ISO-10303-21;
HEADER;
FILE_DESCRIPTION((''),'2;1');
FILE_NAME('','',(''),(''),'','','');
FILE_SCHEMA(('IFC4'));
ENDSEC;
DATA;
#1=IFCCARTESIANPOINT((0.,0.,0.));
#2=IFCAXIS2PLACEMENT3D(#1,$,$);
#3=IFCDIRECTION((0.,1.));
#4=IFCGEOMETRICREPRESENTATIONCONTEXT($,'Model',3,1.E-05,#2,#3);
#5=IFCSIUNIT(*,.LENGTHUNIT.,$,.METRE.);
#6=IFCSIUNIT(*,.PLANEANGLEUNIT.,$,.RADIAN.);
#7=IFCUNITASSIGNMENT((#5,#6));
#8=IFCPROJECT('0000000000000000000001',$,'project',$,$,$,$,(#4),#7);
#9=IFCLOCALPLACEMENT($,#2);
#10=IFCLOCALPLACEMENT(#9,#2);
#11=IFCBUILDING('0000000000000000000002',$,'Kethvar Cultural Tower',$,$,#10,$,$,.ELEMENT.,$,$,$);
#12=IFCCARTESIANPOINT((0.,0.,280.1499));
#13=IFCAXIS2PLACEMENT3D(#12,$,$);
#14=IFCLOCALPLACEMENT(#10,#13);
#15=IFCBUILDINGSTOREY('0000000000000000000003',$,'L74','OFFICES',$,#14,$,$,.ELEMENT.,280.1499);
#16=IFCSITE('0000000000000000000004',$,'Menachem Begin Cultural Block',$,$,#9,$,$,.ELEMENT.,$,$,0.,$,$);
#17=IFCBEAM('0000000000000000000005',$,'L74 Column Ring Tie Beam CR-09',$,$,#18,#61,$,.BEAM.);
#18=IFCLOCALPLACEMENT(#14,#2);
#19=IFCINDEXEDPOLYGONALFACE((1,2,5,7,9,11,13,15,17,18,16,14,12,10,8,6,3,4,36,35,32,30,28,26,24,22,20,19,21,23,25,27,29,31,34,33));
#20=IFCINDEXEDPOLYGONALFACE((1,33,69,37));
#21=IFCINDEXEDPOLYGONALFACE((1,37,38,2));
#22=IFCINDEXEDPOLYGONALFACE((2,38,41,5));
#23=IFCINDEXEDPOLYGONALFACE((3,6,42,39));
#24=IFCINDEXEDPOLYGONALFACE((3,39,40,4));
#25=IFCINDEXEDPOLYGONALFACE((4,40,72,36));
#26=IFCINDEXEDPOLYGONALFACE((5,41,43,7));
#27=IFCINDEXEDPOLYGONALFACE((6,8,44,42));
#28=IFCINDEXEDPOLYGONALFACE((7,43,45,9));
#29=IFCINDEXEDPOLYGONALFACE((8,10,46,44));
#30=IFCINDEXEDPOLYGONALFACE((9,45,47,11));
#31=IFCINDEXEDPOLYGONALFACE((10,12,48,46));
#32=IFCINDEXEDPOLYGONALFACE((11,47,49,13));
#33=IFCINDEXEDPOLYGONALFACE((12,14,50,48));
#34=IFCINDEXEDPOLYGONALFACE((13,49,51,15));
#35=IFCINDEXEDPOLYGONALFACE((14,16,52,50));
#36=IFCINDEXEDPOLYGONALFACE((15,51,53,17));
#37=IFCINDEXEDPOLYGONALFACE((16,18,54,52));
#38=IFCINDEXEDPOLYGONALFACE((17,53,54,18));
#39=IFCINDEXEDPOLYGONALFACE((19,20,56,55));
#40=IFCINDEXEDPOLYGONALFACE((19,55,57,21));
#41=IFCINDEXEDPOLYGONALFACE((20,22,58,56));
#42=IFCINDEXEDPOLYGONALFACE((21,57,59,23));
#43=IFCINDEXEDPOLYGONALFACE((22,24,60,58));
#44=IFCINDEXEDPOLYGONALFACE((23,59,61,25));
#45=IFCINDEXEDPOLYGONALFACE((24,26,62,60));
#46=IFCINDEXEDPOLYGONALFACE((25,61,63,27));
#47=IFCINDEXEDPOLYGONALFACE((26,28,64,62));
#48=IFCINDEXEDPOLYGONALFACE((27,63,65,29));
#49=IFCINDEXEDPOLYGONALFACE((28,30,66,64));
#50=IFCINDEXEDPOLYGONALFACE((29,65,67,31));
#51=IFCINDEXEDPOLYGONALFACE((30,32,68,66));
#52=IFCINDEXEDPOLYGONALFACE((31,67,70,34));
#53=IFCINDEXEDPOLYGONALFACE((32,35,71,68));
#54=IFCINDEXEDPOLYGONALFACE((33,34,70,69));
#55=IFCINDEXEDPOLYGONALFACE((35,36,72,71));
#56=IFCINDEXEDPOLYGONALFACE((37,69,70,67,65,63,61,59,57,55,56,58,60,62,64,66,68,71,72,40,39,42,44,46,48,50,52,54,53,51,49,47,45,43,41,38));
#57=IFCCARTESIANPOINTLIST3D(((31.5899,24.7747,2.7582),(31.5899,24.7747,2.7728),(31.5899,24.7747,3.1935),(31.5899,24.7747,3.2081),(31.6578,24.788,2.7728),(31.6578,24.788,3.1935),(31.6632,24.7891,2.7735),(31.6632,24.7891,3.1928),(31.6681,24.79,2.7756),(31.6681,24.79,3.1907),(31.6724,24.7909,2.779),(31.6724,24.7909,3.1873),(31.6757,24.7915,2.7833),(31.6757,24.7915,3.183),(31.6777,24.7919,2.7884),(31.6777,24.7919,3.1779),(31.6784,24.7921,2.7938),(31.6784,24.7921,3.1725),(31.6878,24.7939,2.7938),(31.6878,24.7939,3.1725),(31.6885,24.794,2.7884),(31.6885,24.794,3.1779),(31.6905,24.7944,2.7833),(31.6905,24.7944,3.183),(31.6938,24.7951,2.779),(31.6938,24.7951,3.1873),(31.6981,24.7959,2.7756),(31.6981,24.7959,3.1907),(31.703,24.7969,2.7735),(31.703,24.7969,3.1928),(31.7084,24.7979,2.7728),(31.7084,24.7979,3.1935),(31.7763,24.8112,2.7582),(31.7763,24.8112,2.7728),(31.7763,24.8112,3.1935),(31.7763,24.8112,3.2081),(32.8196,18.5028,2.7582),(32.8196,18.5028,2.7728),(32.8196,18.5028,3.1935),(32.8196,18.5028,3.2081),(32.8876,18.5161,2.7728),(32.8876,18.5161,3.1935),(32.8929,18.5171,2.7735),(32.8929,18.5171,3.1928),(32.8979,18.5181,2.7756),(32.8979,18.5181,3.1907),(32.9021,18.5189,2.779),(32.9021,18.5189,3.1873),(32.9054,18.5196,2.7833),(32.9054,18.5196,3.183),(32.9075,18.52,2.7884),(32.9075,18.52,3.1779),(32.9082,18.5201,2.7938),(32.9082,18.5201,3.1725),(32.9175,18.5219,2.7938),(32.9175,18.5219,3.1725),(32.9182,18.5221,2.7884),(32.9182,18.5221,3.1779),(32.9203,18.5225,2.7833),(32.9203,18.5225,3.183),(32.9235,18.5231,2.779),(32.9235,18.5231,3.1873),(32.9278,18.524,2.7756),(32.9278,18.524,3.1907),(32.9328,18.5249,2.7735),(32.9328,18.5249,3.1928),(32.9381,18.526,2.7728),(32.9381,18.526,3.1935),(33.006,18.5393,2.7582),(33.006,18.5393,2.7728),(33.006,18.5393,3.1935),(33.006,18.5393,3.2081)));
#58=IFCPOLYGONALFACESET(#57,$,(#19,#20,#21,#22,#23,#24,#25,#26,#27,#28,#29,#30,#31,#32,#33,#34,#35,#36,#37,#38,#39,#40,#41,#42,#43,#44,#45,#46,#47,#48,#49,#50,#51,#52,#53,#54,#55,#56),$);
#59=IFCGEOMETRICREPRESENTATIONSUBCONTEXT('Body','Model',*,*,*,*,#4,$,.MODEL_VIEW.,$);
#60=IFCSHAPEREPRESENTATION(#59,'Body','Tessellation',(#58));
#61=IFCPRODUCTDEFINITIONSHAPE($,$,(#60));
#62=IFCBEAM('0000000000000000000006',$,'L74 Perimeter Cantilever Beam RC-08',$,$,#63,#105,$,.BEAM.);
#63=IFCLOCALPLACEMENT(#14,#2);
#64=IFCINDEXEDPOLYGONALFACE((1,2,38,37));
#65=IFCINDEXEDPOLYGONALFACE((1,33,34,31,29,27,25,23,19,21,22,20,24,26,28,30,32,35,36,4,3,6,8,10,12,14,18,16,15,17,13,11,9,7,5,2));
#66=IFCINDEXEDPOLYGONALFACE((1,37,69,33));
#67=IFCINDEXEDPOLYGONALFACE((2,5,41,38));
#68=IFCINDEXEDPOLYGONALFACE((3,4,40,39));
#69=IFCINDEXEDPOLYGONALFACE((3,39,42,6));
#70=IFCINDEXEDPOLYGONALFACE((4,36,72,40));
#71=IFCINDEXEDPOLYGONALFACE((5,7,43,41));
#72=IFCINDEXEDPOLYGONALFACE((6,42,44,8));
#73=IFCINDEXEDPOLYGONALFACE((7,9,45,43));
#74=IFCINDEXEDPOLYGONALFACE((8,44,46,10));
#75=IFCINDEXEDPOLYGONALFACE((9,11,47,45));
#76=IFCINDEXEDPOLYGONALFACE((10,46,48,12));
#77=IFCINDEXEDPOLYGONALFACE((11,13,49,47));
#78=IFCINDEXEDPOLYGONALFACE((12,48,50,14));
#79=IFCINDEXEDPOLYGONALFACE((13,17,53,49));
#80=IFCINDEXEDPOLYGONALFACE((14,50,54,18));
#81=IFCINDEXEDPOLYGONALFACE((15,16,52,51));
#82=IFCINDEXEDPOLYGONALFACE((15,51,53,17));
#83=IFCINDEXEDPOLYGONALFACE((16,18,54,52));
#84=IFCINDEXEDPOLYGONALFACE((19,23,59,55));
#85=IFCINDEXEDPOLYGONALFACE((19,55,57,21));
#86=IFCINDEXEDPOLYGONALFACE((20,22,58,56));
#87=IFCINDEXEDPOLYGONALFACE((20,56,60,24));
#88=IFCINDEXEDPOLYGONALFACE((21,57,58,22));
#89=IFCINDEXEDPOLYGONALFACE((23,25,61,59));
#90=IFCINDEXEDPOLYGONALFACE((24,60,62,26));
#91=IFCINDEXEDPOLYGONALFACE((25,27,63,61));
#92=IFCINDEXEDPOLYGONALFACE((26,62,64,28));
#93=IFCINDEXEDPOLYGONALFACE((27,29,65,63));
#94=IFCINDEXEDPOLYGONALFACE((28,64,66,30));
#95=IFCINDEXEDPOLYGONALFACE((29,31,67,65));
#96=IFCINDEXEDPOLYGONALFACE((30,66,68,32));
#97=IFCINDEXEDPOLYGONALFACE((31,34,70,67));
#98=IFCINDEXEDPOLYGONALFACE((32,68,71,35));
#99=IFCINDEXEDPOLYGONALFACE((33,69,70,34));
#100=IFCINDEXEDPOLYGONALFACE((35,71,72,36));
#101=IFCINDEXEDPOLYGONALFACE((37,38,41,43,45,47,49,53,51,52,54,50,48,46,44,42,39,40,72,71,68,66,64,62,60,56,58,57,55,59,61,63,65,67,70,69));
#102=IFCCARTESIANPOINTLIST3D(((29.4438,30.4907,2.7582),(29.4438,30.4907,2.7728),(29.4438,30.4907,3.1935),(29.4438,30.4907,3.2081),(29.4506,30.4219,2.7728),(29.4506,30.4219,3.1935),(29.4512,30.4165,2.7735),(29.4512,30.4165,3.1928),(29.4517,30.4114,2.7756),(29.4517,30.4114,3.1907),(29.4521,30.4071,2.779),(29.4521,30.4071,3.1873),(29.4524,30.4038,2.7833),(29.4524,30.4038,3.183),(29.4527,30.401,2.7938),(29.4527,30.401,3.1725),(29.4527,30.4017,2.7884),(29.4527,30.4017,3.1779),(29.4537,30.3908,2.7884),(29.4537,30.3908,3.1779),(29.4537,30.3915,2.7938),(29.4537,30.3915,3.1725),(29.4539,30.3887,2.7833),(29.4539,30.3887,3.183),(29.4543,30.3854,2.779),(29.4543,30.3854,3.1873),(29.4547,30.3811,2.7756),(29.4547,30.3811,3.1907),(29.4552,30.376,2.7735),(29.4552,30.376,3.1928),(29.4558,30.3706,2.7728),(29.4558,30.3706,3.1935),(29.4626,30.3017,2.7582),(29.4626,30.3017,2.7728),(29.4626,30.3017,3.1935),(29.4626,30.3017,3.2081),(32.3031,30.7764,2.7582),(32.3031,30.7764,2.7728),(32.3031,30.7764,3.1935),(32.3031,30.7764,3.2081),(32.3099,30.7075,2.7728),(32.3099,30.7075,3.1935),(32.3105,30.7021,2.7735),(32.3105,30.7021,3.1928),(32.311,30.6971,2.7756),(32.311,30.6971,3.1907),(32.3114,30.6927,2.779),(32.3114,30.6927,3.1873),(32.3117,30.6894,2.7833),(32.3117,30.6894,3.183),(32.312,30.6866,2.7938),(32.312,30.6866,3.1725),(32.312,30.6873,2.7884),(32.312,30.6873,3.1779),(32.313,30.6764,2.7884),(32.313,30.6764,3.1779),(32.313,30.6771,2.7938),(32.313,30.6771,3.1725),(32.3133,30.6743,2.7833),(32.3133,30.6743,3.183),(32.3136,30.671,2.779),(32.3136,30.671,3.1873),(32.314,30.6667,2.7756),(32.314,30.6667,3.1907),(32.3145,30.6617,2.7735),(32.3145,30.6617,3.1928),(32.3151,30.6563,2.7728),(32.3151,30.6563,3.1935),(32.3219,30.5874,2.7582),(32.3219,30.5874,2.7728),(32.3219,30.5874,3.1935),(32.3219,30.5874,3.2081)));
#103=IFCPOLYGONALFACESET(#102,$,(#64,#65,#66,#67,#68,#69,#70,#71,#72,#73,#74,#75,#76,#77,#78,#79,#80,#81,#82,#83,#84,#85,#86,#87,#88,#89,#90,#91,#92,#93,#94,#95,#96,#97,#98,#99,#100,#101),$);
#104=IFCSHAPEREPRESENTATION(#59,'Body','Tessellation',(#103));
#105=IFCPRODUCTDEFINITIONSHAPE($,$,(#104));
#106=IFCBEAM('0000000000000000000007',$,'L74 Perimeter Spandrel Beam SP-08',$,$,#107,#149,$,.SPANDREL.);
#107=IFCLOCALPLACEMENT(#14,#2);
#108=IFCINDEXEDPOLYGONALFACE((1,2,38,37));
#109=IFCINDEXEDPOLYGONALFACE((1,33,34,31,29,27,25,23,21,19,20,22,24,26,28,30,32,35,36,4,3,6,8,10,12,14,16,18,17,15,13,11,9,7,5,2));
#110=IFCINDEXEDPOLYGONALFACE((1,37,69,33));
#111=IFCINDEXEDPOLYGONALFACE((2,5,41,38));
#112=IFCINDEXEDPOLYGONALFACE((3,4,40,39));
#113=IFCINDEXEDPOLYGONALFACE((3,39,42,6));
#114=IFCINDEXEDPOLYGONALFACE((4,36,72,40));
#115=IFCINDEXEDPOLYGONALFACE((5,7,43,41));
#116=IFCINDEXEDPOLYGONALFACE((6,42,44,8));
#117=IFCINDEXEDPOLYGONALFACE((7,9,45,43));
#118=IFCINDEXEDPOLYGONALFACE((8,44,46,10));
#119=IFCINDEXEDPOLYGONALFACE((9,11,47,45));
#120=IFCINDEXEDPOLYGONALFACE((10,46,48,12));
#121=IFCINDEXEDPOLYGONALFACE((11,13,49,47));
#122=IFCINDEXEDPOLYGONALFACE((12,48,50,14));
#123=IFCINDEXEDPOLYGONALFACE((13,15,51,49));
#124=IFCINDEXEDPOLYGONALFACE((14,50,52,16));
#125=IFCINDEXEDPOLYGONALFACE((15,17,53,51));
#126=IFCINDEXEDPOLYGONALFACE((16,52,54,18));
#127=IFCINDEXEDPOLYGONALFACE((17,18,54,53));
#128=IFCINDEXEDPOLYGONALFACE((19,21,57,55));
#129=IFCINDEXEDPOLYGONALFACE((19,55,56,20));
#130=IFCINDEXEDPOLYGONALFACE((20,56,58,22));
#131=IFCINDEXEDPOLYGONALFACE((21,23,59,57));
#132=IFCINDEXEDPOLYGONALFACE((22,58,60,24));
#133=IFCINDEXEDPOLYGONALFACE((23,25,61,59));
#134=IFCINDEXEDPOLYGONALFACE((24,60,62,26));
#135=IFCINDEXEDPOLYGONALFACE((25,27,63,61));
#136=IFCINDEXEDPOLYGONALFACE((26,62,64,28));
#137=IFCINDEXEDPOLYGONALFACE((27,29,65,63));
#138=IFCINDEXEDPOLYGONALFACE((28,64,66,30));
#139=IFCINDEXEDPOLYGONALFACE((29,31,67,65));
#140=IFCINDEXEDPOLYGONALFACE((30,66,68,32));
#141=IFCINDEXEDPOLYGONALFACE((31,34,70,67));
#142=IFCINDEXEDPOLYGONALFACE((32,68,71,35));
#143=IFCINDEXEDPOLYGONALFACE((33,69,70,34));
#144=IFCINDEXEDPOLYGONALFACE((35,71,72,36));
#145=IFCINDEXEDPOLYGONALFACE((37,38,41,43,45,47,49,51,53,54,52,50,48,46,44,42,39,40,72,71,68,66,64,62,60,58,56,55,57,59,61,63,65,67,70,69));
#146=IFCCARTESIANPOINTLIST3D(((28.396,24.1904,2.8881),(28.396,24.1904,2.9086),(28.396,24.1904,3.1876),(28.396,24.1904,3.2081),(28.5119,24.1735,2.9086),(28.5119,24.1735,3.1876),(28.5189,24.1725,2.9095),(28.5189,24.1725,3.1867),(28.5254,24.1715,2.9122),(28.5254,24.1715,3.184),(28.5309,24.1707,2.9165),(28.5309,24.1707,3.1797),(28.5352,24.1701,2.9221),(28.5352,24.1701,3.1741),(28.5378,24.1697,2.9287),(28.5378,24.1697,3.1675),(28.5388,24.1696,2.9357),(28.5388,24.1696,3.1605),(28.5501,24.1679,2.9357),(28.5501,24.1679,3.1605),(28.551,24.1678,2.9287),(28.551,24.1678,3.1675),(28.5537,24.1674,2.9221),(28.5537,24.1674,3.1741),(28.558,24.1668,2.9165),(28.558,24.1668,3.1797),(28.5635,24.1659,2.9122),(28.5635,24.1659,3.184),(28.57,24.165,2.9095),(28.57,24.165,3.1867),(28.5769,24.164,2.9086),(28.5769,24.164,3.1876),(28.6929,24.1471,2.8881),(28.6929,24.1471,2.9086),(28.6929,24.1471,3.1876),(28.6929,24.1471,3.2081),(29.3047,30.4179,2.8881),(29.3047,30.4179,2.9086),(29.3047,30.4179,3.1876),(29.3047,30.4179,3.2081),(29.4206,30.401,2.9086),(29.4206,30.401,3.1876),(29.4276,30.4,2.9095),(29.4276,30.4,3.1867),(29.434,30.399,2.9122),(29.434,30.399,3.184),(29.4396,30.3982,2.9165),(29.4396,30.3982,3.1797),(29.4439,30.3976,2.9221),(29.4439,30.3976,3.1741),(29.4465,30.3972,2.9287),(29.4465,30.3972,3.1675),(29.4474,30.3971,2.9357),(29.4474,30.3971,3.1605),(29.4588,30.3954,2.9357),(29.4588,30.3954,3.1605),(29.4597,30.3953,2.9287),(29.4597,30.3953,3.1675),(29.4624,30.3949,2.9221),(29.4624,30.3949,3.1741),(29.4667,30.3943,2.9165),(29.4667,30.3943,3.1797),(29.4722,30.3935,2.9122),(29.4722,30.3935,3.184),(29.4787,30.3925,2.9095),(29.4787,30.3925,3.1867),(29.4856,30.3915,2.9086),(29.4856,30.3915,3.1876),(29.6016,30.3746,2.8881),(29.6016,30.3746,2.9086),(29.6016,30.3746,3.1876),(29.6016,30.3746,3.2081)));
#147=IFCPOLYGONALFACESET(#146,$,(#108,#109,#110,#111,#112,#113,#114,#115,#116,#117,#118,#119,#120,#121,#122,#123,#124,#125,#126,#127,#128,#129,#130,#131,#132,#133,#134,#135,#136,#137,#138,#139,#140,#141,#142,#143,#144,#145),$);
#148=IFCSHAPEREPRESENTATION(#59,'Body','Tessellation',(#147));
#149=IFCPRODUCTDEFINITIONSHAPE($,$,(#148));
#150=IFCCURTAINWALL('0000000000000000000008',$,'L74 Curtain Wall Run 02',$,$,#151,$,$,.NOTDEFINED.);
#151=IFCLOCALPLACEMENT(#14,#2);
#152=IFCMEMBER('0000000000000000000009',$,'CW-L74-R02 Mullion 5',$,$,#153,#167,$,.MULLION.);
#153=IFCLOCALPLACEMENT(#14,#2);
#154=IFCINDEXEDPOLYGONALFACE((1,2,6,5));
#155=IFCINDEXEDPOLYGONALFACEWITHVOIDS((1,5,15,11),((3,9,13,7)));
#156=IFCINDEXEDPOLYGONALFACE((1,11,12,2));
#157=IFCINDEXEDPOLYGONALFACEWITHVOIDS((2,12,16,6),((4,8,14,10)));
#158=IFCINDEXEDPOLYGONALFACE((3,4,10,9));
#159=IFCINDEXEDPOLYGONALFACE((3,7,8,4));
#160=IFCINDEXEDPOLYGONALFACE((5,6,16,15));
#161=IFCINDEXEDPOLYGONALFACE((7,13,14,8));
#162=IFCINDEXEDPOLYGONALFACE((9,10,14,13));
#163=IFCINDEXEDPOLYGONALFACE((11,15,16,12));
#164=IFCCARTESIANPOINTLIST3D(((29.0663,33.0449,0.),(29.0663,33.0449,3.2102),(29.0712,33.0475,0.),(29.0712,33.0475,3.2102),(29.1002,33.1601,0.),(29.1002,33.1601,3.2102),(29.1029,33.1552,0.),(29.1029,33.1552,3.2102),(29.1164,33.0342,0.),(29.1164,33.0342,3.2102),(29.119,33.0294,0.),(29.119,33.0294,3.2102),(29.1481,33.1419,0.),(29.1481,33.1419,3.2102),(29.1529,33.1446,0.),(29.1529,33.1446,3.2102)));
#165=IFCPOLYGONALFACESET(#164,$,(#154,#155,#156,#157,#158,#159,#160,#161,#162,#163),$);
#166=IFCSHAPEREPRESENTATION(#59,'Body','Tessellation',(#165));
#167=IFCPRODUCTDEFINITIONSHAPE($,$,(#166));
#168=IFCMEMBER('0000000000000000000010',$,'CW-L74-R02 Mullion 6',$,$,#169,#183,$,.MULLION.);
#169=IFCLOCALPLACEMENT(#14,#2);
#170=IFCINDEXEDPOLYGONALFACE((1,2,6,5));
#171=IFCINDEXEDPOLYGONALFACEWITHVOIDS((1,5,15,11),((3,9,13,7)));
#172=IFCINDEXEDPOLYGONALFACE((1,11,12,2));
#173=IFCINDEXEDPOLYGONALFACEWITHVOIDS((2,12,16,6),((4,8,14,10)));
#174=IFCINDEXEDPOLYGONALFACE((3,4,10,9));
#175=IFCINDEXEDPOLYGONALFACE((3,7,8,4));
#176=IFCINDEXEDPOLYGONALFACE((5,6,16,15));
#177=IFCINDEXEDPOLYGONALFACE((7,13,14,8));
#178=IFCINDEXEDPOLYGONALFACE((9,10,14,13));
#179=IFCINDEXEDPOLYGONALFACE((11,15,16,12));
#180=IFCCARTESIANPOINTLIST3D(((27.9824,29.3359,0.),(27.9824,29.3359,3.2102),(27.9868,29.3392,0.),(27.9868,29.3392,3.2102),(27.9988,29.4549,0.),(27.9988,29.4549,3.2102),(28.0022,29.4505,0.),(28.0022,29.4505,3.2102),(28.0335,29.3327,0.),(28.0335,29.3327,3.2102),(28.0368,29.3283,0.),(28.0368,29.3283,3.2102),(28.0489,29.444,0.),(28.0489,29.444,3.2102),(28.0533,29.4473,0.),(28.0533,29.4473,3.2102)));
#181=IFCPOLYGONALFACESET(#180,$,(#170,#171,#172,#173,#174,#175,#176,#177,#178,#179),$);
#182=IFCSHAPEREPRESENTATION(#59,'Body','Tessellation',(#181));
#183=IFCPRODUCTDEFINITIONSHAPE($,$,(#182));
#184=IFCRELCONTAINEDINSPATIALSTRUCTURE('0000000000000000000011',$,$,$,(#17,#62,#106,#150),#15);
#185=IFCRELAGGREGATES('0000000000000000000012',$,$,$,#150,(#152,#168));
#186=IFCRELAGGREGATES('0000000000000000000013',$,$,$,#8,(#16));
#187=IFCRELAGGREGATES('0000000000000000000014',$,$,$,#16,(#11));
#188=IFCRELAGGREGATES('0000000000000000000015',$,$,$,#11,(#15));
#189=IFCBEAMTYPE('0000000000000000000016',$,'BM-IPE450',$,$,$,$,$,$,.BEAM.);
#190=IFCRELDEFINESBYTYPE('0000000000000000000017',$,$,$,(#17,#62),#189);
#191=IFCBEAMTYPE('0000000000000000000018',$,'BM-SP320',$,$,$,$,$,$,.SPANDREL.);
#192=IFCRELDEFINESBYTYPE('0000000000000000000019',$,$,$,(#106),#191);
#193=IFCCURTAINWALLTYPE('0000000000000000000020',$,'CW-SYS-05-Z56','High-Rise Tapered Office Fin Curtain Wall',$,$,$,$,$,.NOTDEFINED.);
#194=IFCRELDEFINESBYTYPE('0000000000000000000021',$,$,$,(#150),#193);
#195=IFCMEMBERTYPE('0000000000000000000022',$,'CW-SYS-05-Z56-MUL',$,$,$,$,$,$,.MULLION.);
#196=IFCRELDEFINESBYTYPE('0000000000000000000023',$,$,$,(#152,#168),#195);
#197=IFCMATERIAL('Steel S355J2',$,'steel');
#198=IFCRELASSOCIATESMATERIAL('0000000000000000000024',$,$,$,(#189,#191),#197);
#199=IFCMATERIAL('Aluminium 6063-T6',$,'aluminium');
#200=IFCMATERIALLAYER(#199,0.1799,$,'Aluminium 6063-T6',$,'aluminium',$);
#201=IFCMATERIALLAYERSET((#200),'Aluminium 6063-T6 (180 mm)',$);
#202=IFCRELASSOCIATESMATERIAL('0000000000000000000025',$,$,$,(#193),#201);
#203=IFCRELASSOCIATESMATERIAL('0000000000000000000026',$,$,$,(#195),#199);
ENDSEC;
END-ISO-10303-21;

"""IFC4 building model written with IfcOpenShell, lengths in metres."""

from ifc_helpers import new_model, si_unit, direction, frame, origin, origin_2d, place, context, subcontext, project, spatial, hollow_rectangle, i_section, extrude, source, transform, mapped, material, layer, layer_set, material_profile, profile_set, type_object, element, aggregate, save


model = new_model("IFC4")

# Units and contexts
model_context = context("Model", 3, precision=1e-05, world=origin(), true_north=direction((0.0, 1.0)))
body_context = subcontext(model_context, "Body", "Model", "MODEL_VIEW")
ifc_project = project(units=[si_unit("LENGTHUNIT", "METRE"), si_unit("PLANEANGLEUNIT", "RADIAN")], contexts=[model_context])

# Site, building, storey
site_placement = place(None, origin())
site = spatial("IfcSite", under=ifc_project, at=site_placement, Name="Menachem Begin Cultural Block", CompositionType="ELEMENT", RefElevation=0.0)
building_placement = place(site_placement, origin())
building = spatial("IfcBuilding", under=site, at=building_placement, Name="Kethvar Cultural Tower", CompositionType="ELEMENT")
storey_placement = place(building_placement, frame((0.0, 0.0, 280.1499)))
storey = spatial("IfcBuildingStorey", under=building, at=storey_placement, Name="L74", Description="OFFICES", CompositionType="ELEMENT", Elevation=280.1499)

# Shared definitions
ifc_material_1 = material(Name="Steel S355J2", Category="steel")

# Beams
ifc_material_profile_1 = material_profile(ifc_material_1, i_section(OverallWidth=0.1899, OverallDepth=0.45, WebThickness=0.0095, FlangeThickness=0.0146, FilletRadius=0.021, at=origin_2d()), Name="Steel S355J2 — IPE450")
ifc_profile_set_1 = profile_set([ifc_material_profile_1], Name="Steel S355J2 — IPE450")
beam_type_1 = type_object("IfcBeamType", Name="BM-IPE450", PredefinedType="BEAM", material=ifc_profile_set_1)
shared_shape_1 = source(origin(), body_context, "Body", "SweptSolid", [
    extrude(i_section(OverallWidth=0.1899, OverallDepth=0.45, WebThickness=0.0095, FlangeThickness=0.0146, FilletRadius=0.021, at=origin_2d()), origin(), (0.0, 0.0, 1.0), 6.3914),
])
beam_1_placement = place(storey_placement, frame((31.6831, 24.793, 2.9832), z_axis=(0.192405, -0.981316, 0.0), x_axis=(0.981316, 0.192405, 0.0)))
element("IfcBeam", 1, at=beam_1_placement, inside=storey, type_object=beam_type_1, Name="L74 Column Ring Tie Beam CR-09", PredefinedType="BEAM", context=body_context, shape_type="MappedRepresentation", body=[
    mapped(shared_shape_1, transform((0.0, 0.0, 0.0), scale=1.0)),
])
shared_shape_2 = source(origin(), body_context, "Body", "SweptSolid", [
    extrude(i_section(OverallWidth=0.1899, OverallDepth=0.45, WebThickness=0.0095, FlangeThickness=0.0146, FilletRadius=0.021, at=origin_2d()), origin(), (0.0, 0.0, 1.0), 2.8735),
])
beam_2_placement = place(storey_placement, frame((32.3125, 30.6819, 2.9832), z_axis=(-0.995047, -0.099403, 0.0), x_axis=(0.099403, -0.995047, 0.0)))
element("IfcBeam", 2, at=beam_2_placement, inside=storey, type_object=beam_type_1, Name="L74 Perimeter Cantilever Beam RC-08", PredefinedType="BEAM", context=body_context, shape_type="MappedRepresentation", body=[
    mapped(shared_shape_2, transform((0.0, 0.0, 0.0), scale=1.0)),
])
ifc_material_profile_2 = material_profile(ifc_material_1, i_section(OverallWidth=0.3, OverallDepth=0.3201, WebThickness=0.0115, FlangeThickness=0.0205, FilletRadius=0.0271, at=origin_2d()), Name="Steel S355J2 — HEB320")
ifc_profile_set_2 = profile_set([ifc_material_profile_2], Name="Steel S355J2 — HEB320")
beam_type_2 = type_object("IfcBeamType", Name="BM-SP320", PredefinedType="SPANDREL", material=ifc_profile_set_2)
shared_shape_3 = source(origin(), body_context, "Body", "SweptSolid", [
    extrude(i_section(OverallWidth=0.3, OverallDepth=0.3201, WebThickness=0.0115, FlangeThickness=0.0205, FilletRadius=0.0271, at=origin_2d()), origin(), (0.0, 0.0, 1.0), 6.2935),
])
beam_3_placement = place(storey_placement, frame((29.4531, 30.3962, 3.0481), z_axis=(-0.144386, -0.989521, 0.0), x_axis=(0.989521, -0.144386, 0.0)))
element("IfcBeam", 3, at=beam_3_placement, inside=storey, type_object=beam_type_2, Name="L74 Perimeter Spandrel Beam SP-08", PredefinedType="SPANDREL", context=body_context, shape_type="MappedRepresentation", body=[
    mapped(shared_shape_3, transform((0.0, 0.0, 0.0), scale=1.0)),
])

# Curtain wall, members
ifc_material_2 = material(Name="Aluminium 6063-T6", Category="aluminium")
ifc_layer_1 = layer(ifc_material_2, 0.1799, Name="Aluminium 6063-T6", Category="aluminium")
ifc_layer_set_1 = layer_set([ifc_layer_1], Name="Aluminium 6063-T6 (180 mm)")
curtain_wall_type = type_object("IfcCurtainWallType", Name="CW-SYS-05-Z56", Description="High-Rise Tapered Office Fin Curtain Wall", PredefinedType="NOTDEFINED", material=ifc_layer_set_1)
curtain_wall_1_placement = place(storey_placement, origin())
curtain_wall_1 = element("IfcCurtainWall", 4, at=curtain_wall_1_placement, inside=storey, type_object=curtain_wall_type, Name="L74 Curtain Wall Run 02", PredefinedType="NOTDEFINED")
ifc_material_profile_3 = material_profile(ifc_material_2, hollow_rectangle(XDim=0.0549, YDim=0.1201, WallThickness=0.0039, at=origin_2d()), Name="Aluminium 6063-T6 — RHS120x55x4")
ifc_profile_set_3 = profile_set([ifc_material_profile_3], Name="Aluminium 6063-T6 — RHS120x55x4")
member_type_1 = type_object("IfcMemberType", Name="CW-SYS-05-Z56-MUL", PredefinedType="MULLION", material=ifc_profile_set_3)
shared_shape_4 = source(origin(), body_context, "Body", "SweptSolid", [
    extrude(hollow_rectangle(XDim=0.0549, YDim=0.1201, WallThickness=0.0039, at=origin_2d()), origin(), (0.0, 0.0, 1.0), 3.2102),
])
member_1_placement = place(storey_placement, frame((29.1096, 33.0947, 0.0), z_axis=(0.0, 0.0, 1.0), x_axis=(0.95926, -0.282526, 0.0)))
member_1 = element("IfcMember", 5, at=member_1_placement, type_object=member_type_1, Name="CW-L74-R02 Mullion 5", PredefinedType="MULLION", context=body_context, shape_type="MappedRepresentation", body=[
    mapped(shared_shape_4, transform((0.0, 0.0, 0.0), scale=1.0)),
])
member_2_placement = place(storey_placement, frame((28.0178, 29.3916, 0.0), z_axis=(0.0, 0.0, 1.0), x_axis=(0.990557, -0.137099, 0.0)))
member_2 = element("IfcMember", 6, at=member_2_placement, type_object=member_type_1, Name="CW-L74-R02 Mullion 6", PredefinedType="MULLION", context=body_context, shape_type="MappedRepresentation", body=[
    mapped(shared_shape_4, transform((0.0, 0.0, 0.0), scale=1.0)),
])

aggregate(curtain_wall_1, [member_1, member_2])

save(model, "model.ifc")
